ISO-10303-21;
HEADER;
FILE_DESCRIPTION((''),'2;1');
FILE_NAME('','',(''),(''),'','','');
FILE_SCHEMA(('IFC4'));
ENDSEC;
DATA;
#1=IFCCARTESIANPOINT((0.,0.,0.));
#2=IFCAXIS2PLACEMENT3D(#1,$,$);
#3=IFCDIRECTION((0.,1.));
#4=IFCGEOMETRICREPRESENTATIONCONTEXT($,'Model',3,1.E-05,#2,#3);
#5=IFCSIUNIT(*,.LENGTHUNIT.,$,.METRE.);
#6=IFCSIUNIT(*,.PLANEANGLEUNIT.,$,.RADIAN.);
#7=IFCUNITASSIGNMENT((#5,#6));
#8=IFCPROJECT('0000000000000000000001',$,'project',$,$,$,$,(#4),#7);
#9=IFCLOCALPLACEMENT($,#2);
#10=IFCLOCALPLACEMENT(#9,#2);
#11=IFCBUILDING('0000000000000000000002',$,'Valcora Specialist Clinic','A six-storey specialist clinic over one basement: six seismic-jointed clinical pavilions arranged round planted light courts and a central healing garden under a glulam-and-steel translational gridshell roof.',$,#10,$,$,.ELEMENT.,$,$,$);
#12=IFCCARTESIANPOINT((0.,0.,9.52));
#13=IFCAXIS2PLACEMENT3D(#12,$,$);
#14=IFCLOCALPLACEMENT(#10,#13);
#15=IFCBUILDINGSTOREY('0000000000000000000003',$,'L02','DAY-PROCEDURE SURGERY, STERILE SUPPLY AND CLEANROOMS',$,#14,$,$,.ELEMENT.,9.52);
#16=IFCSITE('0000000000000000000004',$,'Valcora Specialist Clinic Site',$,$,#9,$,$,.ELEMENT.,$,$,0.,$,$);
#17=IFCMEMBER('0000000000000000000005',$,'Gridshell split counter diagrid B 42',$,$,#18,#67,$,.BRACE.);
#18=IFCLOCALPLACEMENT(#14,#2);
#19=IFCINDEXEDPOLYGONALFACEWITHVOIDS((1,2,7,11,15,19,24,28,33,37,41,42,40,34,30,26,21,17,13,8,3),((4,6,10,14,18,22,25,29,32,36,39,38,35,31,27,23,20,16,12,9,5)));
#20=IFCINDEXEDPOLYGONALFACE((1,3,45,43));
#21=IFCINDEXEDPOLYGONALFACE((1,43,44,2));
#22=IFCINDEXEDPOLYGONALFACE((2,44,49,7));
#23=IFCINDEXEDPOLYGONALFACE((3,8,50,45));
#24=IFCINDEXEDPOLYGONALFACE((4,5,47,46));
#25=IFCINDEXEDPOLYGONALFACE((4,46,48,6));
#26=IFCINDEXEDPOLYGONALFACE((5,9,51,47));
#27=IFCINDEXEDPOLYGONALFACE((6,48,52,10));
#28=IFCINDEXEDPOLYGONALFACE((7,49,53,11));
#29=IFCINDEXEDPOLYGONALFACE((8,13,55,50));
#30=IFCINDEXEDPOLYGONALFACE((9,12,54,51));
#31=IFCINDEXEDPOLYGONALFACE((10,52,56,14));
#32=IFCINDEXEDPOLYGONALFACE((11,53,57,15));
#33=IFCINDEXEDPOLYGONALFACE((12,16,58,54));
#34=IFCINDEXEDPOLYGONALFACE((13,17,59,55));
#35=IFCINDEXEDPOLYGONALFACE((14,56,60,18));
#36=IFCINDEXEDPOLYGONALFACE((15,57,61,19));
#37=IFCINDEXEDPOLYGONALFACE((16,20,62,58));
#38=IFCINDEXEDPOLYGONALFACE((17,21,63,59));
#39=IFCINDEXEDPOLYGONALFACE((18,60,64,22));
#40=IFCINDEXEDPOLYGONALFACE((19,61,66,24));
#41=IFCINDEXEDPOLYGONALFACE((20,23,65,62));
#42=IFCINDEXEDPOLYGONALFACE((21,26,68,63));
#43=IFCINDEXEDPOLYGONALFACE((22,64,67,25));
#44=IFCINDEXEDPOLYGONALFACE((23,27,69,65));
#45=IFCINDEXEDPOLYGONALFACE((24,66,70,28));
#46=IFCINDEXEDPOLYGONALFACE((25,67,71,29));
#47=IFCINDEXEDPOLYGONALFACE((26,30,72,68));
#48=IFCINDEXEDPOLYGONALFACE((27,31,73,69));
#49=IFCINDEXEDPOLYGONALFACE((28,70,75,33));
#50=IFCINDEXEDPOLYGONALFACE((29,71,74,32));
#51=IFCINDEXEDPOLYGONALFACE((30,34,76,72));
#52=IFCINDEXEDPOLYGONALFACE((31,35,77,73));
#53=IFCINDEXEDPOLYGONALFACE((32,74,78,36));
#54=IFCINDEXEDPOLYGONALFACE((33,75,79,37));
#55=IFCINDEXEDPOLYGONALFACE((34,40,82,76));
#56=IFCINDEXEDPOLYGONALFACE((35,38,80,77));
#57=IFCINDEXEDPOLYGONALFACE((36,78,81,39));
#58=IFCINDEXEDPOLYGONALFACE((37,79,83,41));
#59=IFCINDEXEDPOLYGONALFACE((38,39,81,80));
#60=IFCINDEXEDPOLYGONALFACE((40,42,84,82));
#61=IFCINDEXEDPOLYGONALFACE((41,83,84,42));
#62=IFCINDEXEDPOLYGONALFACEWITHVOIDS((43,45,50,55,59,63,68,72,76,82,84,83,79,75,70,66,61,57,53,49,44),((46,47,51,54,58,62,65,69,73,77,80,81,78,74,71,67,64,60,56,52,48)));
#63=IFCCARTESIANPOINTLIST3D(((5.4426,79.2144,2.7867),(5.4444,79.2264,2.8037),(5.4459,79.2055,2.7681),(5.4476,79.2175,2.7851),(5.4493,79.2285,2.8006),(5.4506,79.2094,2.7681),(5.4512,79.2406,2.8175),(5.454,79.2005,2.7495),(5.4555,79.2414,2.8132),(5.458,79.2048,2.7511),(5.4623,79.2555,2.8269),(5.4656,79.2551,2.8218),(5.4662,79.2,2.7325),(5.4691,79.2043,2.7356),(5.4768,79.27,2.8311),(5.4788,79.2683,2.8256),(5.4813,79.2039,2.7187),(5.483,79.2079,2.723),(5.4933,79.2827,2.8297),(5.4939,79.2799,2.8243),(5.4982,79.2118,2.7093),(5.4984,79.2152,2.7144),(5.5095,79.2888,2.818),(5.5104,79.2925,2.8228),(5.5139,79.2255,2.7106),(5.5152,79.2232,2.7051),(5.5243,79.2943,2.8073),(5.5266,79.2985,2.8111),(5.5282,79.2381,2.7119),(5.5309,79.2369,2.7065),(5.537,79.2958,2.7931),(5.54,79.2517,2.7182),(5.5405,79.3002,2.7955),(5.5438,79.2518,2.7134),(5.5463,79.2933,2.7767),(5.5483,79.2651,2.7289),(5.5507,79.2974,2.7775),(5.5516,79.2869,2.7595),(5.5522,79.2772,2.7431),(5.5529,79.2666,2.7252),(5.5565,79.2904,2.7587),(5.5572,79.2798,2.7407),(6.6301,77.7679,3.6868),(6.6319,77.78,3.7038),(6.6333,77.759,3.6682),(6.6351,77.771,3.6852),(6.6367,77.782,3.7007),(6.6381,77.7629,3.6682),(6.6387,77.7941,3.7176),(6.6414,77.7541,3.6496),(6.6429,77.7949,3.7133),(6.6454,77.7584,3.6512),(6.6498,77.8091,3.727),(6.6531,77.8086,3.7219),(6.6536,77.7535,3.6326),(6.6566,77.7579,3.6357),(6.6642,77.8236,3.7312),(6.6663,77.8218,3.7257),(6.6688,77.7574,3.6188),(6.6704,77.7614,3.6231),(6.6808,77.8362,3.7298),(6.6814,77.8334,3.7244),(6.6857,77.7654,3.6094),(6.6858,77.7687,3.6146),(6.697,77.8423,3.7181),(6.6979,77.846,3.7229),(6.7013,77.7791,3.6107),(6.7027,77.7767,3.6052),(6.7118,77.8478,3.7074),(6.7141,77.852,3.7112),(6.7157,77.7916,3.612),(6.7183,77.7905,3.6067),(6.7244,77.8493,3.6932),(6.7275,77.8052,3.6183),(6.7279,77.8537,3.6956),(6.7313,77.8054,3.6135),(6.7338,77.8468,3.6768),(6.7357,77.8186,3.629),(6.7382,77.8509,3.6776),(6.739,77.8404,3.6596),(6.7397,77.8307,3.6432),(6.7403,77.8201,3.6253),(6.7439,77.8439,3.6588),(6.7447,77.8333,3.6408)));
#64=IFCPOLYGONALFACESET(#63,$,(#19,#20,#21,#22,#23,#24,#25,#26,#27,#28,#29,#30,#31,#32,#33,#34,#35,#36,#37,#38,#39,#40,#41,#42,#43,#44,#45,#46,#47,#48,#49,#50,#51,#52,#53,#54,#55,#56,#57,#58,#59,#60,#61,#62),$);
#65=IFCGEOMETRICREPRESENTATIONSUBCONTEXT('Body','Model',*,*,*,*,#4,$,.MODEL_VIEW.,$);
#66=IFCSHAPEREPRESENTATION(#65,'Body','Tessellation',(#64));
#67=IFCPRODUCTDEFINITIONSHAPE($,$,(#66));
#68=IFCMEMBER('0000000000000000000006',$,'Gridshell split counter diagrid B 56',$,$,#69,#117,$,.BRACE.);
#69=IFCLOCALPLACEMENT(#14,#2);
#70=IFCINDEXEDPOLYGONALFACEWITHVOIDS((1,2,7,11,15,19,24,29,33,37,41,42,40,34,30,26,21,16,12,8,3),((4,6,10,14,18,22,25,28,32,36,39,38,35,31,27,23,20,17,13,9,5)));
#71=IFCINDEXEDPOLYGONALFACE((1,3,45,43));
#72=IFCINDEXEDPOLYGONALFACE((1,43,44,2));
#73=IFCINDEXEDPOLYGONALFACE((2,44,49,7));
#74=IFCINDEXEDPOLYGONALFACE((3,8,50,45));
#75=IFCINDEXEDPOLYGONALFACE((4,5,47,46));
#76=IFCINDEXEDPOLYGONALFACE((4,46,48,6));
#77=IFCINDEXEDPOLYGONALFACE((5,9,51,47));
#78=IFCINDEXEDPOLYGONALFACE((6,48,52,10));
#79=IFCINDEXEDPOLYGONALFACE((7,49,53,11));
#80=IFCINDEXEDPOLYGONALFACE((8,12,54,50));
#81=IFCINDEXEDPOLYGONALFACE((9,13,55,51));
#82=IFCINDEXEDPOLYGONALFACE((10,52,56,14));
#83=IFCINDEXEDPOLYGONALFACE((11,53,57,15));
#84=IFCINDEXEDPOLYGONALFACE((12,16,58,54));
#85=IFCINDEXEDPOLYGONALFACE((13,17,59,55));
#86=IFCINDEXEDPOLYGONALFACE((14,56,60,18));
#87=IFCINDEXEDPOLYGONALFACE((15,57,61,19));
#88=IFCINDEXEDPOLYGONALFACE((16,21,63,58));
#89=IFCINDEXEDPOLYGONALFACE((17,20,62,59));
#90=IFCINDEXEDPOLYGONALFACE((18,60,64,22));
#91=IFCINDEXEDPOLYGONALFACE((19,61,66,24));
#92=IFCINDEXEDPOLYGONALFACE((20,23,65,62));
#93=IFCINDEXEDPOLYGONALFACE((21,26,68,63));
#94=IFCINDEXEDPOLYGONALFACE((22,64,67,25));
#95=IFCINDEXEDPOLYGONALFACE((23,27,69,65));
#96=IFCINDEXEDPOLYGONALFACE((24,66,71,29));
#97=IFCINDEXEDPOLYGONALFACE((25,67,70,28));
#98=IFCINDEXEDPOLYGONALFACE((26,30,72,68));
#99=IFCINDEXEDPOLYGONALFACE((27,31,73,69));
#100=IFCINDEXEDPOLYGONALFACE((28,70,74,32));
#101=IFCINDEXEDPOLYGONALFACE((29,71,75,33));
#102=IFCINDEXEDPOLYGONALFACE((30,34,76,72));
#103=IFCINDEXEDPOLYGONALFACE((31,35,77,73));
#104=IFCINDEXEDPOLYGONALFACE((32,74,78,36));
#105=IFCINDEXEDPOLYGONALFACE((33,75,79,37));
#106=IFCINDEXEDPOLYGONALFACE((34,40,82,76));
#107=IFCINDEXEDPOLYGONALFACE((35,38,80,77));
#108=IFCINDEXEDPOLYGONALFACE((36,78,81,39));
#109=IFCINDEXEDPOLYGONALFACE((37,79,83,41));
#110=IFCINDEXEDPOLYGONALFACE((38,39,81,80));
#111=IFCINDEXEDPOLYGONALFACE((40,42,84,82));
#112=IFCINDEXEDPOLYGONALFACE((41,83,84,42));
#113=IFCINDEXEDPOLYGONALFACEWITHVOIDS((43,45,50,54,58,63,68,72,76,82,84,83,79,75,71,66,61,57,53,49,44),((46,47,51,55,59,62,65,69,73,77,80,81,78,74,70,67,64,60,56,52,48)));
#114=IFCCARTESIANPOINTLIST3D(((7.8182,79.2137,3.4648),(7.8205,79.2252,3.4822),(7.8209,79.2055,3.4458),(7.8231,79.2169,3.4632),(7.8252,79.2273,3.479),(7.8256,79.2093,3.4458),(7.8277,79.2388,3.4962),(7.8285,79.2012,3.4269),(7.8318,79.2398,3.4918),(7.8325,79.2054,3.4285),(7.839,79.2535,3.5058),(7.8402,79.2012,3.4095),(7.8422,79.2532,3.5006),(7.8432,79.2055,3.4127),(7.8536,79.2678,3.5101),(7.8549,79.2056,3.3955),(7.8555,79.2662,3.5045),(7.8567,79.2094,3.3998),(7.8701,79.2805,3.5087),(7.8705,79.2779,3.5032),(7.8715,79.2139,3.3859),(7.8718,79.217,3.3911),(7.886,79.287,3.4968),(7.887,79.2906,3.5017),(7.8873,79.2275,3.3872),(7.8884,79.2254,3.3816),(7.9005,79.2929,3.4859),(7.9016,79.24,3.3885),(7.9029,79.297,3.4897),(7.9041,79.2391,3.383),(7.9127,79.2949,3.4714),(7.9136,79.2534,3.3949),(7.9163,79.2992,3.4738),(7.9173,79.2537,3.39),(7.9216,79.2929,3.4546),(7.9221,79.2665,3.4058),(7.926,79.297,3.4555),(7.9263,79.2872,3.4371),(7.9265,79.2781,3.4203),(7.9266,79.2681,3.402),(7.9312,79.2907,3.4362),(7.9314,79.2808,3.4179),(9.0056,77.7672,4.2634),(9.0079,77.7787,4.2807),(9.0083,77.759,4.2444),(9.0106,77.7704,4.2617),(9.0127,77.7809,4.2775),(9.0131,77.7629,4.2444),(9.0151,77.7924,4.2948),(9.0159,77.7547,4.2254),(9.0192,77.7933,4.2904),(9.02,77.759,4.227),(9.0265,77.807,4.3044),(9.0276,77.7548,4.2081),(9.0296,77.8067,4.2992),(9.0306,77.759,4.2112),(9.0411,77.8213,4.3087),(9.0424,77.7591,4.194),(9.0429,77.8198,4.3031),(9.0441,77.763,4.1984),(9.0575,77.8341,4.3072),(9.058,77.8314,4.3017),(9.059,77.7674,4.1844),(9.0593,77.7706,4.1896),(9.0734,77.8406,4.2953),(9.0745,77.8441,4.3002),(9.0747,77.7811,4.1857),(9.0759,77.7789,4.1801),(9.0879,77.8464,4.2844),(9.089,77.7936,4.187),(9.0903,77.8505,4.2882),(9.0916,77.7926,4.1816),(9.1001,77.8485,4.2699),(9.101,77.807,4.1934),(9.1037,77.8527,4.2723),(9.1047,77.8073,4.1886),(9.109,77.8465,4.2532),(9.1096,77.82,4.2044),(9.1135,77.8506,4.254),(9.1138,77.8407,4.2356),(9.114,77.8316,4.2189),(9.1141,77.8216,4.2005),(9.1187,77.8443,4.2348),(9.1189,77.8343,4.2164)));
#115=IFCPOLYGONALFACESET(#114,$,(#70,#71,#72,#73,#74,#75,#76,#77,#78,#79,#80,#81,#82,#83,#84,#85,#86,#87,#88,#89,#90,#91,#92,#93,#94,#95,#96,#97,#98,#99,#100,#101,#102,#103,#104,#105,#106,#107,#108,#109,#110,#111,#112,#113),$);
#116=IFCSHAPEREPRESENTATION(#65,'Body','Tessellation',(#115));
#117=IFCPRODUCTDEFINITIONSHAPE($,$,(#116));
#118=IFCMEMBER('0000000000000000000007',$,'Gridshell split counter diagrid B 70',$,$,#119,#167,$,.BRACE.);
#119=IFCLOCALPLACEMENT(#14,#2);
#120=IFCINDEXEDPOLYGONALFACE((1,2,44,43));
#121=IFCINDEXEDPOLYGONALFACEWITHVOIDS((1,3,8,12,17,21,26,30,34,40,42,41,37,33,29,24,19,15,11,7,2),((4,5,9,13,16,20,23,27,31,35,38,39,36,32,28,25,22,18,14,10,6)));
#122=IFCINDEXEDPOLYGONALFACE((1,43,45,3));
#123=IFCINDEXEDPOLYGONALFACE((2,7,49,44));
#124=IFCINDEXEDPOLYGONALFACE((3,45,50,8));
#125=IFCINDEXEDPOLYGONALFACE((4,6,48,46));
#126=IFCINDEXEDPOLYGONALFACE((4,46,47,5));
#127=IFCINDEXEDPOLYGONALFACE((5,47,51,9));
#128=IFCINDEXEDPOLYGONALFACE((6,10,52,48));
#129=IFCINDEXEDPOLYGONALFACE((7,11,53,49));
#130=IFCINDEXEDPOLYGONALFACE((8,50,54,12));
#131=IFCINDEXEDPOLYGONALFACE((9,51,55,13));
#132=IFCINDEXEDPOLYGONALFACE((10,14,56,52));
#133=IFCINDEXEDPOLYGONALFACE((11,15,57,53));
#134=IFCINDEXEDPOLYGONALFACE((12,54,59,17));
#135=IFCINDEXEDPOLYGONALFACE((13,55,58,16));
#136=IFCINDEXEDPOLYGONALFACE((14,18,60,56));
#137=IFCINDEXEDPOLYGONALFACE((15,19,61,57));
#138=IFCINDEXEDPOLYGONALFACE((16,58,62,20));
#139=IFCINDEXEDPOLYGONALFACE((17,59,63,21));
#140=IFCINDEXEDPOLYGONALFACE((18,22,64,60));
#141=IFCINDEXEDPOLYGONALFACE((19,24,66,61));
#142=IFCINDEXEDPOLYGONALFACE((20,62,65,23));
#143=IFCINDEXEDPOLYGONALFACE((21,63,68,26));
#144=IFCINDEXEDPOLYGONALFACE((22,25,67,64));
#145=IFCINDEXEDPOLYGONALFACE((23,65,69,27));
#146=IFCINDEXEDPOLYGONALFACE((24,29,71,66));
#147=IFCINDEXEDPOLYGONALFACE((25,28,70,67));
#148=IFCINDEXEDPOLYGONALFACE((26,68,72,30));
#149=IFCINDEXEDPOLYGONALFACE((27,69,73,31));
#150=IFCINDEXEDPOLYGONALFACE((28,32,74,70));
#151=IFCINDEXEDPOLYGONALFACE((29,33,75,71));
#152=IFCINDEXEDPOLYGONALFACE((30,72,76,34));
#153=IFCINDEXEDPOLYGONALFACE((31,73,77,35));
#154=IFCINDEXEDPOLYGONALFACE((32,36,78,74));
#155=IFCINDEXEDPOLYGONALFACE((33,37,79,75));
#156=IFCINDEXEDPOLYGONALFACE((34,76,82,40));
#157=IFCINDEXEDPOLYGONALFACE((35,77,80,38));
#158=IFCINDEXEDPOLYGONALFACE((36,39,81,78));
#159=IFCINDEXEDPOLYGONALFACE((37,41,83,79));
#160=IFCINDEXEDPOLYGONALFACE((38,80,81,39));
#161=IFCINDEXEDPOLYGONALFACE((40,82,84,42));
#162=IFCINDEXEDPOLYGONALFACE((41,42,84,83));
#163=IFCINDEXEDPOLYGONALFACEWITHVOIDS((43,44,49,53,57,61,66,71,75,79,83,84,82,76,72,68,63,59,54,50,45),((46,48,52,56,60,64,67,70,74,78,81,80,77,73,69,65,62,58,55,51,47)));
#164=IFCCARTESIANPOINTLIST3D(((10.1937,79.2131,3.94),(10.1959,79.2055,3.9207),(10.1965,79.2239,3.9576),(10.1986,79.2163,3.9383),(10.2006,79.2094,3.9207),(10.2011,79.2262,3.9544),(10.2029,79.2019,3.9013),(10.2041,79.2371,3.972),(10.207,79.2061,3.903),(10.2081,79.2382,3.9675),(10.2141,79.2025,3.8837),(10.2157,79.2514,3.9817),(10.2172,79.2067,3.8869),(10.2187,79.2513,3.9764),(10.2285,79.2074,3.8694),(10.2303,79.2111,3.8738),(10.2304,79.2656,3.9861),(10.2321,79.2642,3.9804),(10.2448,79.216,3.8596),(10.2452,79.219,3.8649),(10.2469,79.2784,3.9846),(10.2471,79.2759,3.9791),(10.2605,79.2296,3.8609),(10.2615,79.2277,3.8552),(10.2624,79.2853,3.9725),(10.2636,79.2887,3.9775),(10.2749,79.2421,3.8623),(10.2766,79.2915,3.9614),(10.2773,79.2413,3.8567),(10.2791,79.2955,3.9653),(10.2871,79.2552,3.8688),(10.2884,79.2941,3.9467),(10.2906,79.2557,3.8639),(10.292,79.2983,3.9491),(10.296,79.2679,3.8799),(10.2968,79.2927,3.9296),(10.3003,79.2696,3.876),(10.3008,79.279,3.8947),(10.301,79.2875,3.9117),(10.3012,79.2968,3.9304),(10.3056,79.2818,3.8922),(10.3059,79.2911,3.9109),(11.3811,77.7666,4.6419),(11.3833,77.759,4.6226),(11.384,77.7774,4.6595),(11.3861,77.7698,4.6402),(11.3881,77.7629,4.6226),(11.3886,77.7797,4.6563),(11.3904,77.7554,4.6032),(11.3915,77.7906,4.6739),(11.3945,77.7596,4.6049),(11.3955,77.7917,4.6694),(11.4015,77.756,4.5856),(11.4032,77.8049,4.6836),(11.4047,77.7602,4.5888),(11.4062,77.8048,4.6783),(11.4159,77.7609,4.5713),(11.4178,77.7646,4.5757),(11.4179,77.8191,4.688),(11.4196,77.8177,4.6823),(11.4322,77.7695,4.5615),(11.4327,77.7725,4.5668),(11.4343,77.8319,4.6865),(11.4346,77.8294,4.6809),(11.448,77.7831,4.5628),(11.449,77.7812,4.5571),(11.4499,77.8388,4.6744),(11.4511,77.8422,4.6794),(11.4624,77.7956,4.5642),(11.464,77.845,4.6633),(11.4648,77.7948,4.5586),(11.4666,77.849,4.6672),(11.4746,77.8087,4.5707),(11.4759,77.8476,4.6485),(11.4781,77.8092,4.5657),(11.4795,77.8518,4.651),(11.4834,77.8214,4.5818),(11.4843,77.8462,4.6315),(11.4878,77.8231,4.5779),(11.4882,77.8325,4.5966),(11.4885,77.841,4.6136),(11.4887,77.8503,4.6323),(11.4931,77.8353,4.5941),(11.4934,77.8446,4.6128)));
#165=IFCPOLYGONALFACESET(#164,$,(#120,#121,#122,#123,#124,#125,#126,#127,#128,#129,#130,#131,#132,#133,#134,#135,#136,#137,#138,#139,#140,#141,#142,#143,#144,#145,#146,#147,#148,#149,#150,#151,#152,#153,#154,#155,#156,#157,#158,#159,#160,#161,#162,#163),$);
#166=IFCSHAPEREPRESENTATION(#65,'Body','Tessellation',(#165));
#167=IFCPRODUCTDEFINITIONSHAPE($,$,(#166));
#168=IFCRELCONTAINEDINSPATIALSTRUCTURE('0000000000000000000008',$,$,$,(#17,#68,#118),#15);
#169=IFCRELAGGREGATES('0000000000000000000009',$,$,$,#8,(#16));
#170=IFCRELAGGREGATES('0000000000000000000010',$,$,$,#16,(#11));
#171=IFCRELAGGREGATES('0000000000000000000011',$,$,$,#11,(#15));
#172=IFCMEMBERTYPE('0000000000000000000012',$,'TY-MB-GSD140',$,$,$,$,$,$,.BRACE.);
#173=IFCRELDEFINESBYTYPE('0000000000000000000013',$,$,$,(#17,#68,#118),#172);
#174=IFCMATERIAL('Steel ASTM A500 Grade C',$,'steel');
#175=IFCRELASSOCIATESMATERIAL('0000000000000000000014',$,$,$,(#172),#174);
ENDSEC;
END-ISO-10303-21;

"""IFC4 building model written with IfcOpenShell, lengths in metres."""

from ifc_helpers import new_model, si_unit, direction, frame, origin, origin_2d, place, context, subcontext, project, spatial, hollow_circle, extrude, material, material_profile, profile_set, type_object, element, save


model = new_model("IFC4")

# Units and contexts
model_context = context("Model", 3, precision=1e-05, world=origin(), true_north=direction((0.0, 1.0)))
body_context = subcontext(model_context, "Body", "Model", "MODEL_VIEW")
ifc_project = project(units=[si_unit("LENGTHUNIT", "METRE"), si_unit("PLANEANGLEUNIT", "RADIAN")], contexts=[model_context])

# Site, building, storey
site_placement = place(None, origin())
site = spatial("IfcSite", under=ifc_project, at=site_placement, Name="Valcora Specialist Clinic Site", CompositionType="ELEMENT", RefElevation=0.0)
building_placement = place(site_placement, origin())
building = spatial("IfcBuilding", under=site, at=building_placement, Name="Valcora Specialist Clinic", Description="A six-storey specialist clinic over one basement: six seismic-jointed clinical pavilions arranged round planted light courts and a central healing garden under a glulam-and-steel translational gridshell roof.", CompositionType="ELEMENT")
storey_placement = place(building_placement, frame((0.0, 0.0, 9.52)))
storey = spatial("IfcBuildingStorey", under=building, at=storey_placement, Name="L02", Description="DAY-PROCEDURE SURGERY, STERILE SUPPLY AND CLEANROOMS", CompositionType="ELEMENT", Elevation=9.52)

# Members
ifc_material_1 = material(Name="Steel ASTM A500 Grade C", Category="steel")
ifc_material_profile_1 = material_profile(ifc_material_1, hollow_circle(Radius=0.0701, WallThickness=0.0061, at=origin_2d()), Name="ST-CHS-140X6")
ifc_profile_set_1 = profile_set([ifc_material_profile_1], Name="Steel ASTM A500 Grade C")
member_type = type_object("IfcMemberType", Name="TY-MB-GSD140", PredefinedType="BRACE", material=ifc_profile_set_1)
member_1_placement = place(storey_placement, frame((6.6875, 77.8035, 3.6682), z_axis=(-0.571808, 0.696538, -0.433441), x_axis=(-0.772916, -0.634508, 0.0)))
element("IfcMember", 1, at=member_1_placement, inside=storey, type_object=member_type, Name="Gridshell split counter diagrid B 42", PredefinedType="BRACE", context=body_context, shape_type="SweptSolid", body=[
    extrude(hollow_circle(Radius=0.0701, WallThickness=0.0061, at=origin_2d()), origin(), (0.0, 0.0, 1.0), 2.0767),
])
member_2_placement = place(storey_placement, frame((9.0625, 77.8035, 4.2444), z_axis=(-0.5836, 0.710902, -0.392466), x_axis=(-0.772916, -0.634508, 0.0)))
element("IfcMember", 2, at=member_2_placement, inside=storey, type_object=member_type, Name="Gridshell split counter diagrid B 56", PredefinedType="BRACE", context=body_context, shape_type="SweptSolid", body=[
    extrude(hollow_circle(Radius=0.0701, WallThickness=0.0061, at=origin_2d()), origin(), (0.0, 0.0, 1.0), 2.0347),
])
member_3_placement = place(storey_placement, frame((11.4375, 77.8035, 4.6226), z_axis=(-0.5941, 0.723693, -0.351159), x_axis=(-0.772916, -0.634508, 0.0)))
element("IfcMember", 3, at=member_3_placement, inside=storey, type_object=member_type, Name="Gridshell split counter diagrid B 70", PredefinedType="BRACE", context=body_context, shape_type="SweptSolid", body=[
    extrude(hollow_circle(Radius=0.0701, WallThickness=0.0061, at=origin_2d()), origin(), (0.0, 0.0, 1.0), 1.9988),
])

save(model, "model.ifc")
